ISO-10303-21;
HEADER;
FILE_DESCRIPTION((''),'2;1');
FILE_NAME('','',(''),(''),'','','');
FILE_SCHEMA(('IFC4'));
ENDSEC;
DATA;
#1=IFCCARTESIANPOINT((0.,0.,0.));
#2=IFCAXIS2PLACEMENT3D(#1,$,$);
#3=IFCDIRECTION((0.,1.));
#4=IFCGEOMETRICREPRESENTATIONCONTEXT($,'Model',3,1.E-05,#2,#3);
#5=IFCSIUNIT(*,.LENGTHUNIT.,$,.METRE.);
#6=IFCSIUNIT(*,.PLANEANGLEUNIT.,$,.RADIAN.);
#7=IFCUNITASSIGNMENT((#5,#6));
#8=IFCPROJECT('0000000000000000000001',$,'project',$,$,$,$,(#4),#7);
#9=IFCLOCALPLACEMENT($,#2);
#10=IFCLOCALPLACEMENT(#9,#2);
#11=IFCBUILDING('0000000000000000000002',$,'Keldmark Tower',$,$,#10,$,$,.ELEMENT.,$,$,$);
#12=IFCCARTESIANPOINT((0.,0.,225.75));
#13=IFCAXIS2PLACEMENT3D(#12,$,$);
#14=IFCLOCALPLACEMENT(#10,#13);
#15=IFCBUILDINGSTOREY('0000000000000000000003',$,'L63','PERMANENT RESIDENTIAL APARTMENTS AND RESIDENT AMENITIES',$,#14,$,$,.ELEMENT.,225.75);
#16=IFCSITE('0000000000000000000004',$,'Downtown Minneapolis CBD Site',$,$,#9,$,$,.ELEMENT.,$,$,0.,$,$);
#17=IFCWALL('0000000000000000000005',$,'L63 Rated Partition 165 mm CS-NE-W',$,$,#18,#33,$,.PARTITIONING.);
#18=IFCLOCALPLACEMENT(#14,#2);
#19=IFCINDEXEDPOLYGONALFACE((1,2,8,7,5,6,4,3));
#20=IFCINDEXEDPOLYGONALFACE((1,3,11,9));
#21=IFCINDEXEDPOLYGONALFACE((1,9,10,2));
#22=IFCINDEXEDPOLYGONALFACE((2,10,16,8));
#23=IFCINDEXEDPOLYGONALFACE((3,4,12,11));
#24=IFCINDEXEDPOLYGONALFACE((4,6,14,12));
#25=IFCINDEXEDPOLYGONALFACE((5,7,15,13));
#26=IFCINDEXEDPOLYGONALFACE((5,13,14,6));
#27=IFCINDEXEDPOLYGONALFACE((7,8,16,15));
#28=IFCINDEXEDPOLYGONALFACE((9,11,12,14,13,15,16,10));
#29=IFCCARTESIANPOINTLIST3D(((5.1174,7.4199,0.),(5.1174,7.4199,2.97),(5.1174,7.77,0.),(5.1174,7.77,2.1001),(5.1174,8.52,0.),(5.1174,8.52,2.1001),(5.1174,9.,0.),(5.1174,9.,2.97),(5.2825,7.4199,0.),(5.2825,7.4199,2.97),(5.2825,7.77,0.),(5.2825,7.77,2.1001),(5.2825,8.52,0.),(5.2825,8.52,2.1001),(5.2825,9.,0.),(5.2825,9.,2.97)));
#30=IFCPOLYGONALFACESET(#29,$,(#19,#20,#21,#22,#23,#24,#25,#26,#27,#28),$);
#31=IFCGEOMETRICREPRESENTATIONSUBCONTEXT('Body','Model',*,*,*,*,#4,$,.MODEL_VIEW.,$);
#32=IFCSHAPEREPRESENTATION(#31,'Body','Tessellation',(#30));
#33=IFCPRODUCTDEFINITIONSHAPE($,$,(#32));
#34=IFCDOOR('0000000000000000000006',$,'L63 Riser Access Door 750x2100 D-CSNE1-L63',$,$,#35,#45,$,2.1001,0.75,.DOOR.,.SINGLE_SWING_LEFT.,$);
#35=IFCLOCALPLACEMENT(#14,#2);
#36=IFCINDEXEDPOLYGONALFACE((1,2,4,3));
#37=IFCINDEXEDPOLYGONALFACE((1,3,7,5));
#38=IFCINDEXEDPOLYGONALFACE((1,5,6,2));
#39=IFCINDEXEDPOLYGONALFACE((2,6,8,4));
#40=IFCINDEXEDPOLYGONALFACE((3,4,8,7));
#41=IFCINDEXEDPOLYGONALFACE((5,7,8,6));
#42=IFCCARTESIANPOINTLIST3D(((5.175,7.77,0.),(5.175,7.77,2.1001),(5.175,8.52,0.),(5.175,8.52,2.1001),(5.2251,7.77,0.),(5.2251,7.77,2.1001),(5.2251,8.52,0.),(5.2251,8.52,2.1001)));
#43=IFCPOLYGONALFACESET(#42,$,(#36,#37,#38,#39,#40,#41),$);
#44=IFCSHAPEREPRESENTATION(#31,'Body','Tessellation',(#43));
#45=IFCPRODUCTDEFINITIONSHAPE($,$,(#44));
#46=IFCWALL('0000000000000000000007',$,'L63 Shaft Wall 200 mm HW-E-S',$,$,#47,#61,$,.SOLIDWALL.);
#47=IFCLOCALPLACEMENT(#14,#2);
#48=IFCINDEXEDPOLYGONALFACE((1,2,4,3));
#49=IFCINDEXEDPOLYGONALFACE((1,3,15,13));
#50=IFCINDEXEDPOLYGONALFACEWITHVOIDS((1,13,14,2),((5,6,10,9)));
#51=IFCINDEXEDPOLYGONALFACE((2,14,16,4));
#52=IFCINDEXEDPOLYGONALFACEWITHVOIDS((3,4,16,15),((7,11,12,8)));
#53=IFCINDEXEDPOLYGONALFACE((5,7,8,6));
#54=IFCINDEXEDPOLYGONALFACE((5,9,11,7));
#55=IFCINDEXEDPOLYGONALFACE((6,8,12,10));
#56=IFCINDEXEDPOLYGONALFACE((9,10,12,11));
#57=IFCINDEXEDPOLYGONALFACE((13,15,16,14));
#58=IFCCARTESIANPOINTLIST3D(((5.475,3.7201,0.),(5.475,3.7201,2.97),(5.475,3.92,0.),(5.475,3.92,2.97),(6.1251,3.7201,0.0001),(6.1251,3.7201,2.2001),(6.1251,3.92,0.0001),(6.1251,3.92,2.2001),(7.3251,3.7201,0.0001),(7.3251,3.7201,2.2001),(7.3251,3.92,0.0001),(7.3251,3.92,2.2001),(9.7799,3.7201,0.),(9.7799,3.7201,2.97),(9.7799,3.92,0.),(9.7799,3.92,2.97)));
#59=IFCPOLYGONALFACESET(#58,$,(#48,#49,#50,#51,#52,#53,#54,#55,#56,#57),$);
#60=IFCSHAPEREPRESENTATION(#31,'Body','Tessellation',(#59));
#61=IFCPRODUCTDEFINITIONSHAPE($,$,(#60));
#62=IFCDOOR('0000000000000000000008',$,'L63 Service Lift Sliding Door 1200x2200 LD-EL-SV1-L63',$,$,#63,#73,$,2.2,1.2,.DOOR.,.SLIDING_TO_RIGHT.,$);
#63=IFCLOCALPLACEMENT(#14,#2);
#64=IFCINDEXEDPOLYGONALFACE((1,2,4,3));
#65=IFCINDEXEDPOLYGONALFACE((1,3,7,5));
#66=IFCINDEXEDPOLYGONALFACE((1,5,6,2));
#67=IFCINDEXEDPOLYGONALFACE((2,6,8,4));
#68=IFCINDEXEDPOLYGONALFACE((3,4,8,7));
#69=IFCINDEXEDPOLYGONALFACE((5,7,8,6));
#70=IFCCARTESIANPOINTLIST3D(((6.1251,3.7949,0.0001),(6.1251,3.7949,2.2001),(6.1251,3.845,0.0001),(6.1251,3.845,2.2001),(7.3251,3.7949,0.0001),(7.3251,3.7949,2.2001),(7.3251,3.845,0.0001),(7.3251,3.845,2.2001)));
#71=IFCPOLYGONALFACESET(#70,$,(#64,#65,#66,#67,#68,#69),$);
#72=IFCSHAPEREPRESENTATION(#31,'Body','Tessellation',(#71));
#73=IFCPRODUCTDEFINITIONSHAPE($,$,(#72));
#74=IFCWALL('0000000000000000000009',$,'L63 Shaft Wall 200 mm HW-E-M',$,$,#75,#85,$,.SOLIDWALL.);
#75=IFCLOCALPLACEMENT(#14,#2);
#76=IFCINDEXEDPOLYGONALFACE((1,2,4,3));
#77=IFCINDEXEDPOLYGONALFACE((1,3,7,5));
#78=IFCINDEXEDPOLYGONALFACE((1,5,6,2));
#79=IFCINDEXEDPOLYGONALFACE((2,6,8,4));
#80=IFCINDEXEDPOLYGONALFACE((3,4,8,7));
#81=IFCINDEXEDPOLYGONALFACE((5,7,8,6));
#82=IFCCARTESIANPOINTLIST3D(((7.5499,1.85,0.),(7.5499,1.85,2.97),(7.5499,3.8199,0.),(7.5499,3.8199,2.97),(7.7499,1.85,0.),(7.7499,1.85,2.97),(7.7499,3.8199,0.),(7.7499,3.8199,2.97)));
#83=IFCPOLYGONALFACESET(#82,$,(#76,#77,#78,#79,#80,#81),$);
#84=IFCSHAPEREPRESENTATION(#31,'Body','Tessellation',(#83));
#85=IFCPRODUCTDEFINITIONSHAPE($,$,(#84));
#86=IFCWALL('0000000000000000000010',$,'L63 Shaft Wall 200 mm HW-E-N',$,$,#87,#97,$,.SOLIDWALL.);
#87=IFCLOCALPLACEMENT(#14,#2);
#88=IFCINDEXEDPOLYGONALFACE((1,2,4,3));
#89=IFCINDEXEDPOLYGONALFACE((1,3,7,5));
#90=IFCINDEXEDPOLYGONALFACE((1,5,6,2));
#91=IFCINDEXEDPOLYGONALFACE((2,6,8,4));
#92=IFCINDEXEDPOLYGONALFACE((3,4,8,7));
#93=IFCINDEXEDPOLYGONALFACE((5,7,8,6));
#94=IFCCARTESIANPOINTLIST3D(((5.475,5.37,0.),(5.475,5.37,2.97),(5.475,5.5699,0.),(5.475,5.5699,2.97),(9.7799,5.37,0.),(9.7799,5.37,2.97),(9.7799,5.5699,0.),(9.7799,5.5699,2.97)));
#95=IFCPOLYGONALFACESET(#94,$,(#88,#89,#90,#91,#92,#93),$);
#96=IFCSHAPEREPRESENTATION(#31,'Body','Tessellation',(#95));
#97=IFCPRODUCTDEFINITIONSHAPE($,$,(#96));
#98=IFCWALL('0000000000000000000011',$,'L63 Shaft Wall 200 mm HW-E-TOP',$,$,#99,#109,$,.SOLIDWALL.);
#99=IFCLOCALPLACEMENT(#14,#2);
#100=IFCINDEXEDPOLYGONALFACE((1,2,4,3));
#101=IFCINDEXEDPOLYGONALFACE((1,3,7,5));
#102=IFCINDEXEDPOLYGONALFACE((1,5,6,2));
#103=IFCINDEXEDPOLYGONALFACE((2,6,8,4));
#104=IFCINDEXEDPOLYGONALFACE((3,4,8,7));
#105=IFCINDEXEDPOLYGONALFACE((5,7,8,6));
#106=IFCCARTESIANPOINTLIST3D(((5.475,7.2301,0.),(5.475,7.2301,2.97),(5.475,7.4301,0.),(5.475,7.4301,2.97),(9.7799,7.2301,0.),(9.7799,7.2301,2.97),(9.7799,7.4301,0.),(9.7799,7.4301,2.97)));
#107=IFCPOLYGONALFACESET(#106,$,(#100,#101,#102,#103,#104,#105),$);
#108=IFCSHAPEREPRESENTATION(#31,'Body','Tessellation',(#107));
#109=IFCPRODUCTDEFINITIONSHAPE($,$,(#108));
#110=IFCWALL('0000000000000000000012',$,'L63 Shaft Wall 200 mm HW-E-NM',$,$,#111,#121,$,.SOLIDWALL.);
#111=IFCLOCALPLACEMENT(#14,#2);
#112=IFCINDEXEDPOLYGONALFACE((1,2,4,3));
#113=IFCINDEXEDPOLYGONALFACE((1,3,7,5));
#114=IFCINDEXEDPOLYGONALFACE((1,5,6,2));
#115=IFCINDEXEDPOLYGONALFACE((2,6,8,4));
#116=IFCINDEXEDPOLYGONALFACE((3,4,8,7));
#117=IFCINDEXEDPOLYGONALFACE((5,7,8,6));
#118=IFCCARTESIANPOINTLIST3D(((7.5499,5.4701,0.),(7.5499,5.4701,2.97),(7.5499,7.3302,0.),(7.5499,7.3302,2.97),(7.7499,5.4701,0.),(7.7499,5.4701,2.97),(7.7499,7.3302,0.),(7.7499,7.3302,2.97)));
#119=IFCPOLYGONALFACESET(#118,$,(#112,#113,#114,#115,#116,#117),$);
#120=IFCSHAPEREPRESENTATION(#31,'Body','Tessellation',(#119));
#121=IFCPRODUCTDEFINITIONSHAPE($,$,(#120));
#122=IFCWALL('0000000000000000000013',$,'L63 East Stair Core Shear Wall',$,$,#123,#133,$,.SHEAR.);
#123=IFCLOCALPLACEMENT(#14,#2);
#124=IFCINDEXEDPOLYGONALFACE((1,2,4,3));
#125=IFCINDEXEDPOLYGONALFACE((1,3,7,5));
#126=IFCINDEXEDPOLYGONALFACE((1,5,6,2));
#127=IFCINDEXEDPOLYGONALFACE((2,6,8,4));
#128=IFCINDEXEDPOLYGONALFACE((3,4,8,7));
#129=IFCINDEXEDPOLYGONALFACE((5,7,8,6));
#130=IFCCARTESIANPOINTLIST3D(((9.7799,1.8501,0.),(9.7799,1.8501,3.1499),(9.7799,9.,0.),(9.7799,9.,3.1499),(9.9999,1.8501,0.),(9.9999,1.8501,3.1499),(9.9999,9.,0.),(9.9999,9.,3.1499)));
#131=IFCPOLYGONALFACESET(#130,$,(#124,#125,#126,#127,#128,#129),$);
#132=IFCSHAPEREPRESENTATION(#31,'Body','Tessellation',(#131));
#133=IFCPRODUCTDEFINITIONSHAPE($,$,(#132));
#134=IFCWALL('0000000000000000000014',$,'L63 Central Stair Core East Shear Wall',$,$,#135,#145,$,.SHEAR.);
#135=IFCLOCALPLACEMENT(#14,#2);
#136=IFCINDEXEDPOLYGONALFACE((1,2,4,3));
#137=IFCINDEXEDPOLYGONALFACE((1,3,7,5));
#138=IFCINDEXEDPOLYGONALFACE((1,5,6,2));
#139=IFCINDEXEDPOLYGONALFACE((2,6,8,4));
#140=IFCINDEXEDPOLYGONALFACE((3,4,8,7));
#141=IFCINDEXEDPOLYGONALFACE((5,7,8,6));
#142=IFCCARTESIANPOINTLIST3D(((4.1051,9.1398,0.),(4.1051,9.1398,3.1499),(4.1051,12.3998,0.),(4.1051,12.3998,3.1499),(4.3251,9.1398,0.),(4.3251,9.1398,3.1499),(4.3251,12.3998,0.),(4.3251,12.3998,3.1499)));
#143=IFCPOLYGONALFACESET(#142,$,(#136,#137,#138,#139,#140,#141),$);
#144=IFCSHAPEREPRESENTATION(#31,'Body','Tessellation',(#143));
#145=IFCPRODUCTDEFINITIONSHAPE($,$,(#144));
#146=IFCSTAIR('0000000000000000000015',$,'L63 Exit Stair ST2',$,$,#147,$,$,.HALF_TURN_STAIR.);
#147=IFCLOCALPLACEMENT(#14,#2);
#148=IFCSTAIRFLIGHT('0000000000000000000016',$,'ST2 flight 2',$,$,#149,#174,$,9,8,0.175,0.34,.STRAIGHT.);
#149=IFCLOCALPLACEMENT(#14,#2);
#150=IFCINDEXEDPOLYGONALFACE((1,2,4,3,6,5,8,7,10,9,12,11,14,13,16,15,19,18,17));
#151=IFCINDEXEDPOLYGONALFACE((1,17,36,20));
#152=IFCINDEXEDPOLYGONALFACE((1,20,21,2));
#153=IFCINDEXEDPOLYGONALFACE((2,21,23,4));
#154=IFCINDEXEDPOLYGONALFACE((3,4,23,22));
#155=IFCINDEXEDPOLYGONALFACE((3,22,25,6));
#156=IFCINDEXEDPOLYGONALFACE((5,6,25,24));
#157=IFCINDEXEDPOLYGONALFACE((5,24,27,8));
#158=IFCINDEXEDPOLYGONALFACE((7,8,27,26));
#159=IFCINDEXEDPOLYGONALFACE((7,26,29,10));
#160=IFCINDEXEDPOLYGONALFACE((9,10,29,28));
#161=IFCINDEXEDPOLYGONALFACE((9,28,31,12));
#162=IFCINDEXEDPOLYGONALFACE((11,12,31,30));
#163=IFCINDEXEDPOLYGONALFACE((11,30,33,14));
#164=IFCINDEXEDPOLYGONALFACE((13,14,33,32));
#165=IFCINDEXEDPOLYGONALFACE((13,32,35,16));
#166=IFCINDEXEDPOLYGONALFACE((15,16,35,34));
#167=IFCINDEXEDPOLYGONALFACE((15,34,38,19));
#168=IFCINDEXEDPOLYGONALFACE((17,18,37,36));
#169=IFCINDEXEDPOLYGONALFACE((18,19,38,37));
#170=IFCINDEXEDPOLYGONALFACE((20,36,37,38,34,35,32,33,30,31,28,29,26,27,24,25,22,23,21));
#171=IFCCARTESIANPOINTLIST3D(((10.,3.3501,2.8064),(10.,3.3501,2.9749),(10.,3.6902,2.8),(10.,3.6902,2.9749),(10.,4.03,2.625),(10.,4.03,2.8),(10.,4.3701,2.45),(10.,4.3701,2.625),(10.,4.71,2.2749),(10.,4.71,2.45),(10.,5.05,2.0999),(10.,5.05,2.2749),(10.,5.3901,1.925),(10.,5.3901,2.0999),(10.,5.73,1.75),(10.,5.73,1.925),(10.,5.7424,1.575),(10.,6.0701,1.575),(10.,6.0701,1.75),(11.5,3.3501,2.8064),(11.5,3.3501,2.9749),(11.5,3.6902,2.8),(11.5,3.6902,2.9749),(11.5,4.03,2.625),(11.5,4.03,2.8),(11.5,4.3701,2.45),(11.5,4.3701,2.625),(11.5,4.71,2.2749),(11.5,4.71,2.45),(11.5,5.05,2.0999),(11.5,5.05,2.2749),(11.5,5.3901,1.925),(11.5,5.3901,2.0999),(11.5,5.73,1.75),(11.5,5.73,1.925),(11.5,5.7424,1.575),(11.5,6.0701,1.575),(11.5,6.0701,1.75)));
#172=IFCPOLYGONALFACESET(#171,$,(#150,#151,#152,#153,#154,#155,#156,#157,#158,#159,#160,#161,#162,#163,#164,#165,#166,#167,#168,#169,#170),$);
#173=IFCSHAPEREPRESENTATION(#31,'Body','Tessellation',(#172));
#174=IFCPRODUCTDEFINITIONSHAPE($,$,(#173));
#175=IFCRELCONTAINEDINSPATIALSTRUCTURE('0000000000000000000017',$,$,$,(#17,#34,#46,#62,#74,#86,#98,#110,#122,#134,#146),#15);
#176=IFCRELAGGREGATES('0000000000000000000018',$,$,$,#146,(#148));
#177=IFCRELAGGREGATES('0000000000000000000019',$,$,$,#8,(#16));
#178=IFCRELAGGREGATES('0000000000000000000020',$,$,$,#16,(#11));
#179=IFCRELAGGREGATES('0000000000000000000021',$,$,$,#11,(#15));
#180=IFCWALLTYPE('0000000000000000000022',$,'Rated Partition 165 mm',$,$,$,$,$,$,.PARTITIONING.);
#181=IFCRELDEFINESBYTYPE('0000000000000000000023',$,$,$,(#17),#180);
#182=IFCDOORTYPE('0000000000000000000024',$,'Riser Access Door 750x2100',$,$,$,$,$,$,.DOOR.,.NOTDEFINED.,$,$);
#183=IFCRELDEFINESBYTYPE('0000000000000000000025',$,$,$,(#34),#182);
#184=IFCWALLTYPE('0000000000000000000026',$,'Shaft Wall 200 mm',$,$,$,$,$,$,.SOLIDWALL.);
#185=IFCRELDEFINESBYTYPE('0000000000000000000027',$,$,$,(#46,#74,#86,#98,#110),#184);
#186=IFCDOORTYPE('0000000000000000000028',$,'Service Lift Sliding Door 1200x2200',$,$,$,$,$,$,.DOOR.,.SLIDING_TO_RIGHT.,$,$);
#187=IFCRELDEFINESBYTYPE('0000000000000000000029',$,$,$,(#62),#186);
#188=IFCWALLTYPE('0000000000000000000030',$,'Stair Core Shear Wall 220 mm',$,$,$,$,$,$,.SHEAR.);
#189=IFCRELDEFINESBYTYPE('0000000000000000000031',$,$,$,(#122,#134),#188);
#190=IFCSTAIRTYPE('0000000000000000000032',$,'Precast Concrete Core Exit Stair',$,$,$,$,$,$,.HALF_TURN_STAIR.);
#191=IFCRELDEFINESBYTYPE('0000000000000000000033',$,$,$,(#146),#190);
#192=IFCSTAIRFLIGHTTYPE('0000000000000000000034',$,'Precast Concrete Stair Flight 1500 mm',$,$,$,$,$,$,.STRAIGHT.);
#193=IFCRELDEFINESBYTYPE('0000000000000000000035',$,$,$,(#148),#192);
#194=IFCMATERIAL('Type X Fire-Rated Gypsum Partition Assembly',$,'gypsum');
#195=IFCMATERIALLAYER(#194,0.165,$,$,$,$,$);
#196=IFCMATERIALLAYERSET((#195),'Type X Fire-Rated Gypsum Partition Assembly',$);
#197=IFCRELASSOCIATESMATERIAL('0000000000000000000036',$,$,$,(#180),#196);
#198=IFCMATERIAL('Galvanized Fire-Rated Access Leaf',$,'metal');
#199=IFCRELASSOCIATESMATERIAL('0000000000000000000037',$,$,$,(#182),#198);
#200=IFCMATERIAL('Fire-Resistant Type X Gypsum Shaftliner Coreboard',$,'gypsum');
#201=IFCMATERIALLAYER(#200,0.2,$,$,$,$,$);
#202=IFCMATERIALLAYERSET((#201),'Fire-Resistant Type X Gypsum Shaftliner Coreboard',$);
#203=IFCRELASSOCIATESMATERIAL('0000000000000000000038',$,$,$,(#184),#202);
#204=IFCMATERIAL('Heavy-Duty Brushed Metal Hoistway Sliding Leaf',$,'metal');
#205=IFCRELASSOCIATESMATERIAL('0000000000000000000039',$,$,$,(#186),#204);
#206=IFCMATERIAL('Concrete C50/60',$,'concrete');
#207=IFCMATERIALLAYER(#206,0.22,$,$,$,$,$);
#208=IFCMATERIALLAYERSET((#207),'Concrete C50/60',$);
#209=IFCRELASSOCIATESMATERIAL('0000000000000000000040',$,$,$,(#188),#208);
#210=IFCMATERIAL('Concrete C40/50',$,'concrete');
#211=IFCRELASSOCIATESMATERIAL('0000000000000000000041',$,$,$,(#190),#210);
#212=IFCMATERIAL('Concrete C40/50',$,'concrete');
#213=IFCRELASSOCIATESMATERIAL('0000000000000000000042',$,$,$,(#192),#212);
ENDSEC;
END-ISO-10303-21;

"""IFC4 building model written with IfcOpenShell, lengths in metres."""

from ifc_helpers import new_model, si_unit, direction, frame, frame_2d, origin, place, context, subcontext, project, spatial, polyline, rectangle, outline, extrude, material, layer, layer_set, type_object, element, fill, aggregate, save


model = new_model("IFC4")

# Units and contexts
model_context = context("Model", 3, precision=1e-05, world=origin(), true_north=direction((0.0, 1.0)))
body_context = subcontext(model_context, "Body", "Model", "MODEL_VIEW")
ifc_project = project(units=[si_unit("LENGTHUNIT", "METRE"), si_unit("PLANEANGLEUNIT", "RADIAN")], contexts=[model_context])

# Site, building, storey
site_placement = place(None, origin())
site = spatial("IfcSite", under=ifc_project, at=site_placement, Name="Downtown Minneapolis CBD Site", CompositionType="ELEMENT", RefElevation=0.0)
building_placement = place(site_placement, origin())
building = spatial("IfcBuilding", under=site, at=building_placement, Name="Keldmark Tower", CompositionType="ELEMENT")
storey_placement = place(building_placement, frame((0.0, 0.0, 225.75)))
storey = spatial("IfcBuildingStorey", under=building, at=storey_placement, Name="L63", Description="PERMANENT RESIDENTIAL APARTMENTS AND RESIDENT AMENITIES", CompositionType="ELEMENT", Elevation=225.75)

# Shared definitions
ifc_material_1 = material(Name="Type X Fire-Rated Gypsum Partition Assembly", Category="gypsum")
ifc_layer_1 = layer(ifc_material_1, 0.165)
ifc_layer_set_1 = layer_set([ifc_layer_1], Name="Type X Fire-Rated Gypsum Partition Assembly")
wall_type_1 = type_object("IfcWallType", Name="Rated Partition 165 mm", PredefinedType="PARTITIONING", material=ifc_layer_set_1)

# Walls, openings, doors
wall_1_placement = place(storey_placement, frame((5.2, 7.4199, 0.0), z_axis=(0.0, 0.0, 1.0), x_axis=(0.0, 1.0, 0.0)))
wall_1 = element("IfcWall", 1, at=wall_1_placement, inside=storey, type_object=wall_type_1, Name="L63 Rated Partition 165 mm CS-NE-W", PredefinedType="PARTITIONING", context=body_context, shape_type="SweptSolid", body=[
    extrude(rectangle(XDim=1.5801, YDim=0.165, at=frame_2d((0.79, 0.0))), origin(), (0.0, 0.0, 1.0), 2.97),
])
opening_1_placement = place(wall_1_placement, frame((0.3501, 0.0, 0.0)))
opening_1 = element("IfcOpeningElement", 2, at=opening_1_placement, cuts=wall_1, PredefinedType="OPENING", context=body_context, shape_type="SweptSolid", body=[
    extrude(rectangle(XDim=0.75, YDim=2.1001, at=frame_2d((0.375, 1.05))), frame((0.0, 0.0925, 0.0), z_axis=(0.0, -1.0, 0.0), x_axis=(1.0, 0.0, 0.0)), (0.0, 0.0, 1.0), 0.1851),
])
ifc_material_2 = material(Name="Galvanized Fire-Rated Access Leaf", Category="metal")
door_type_1 = type_object("IfcDoorType", Name="Riser Access Door 750x2100", OperationType="NOTDEFINED", PredefinedType="DOOR", material=ifc_material_2)
door_1_placement = place(opening_1_placement, origin())
door_1 = element("IfcDoor", 3, at=door_1_placement, inside=storey, type_object=door_type_1, Name="L63 Riser Access Door 750x2100 D-CSNE1-L63", OperationType="SINGLE_SWING_LEFT", OverallHeight=2.1001, OverallWidth=0.75, PredefinedType="DOOR", context=body_context, shape_type="SweptSolid", body=[
    extrude(rectangle(XDim=0.75, YDim=2.1001, at=frame_2d((0.375, 1.05))), frame((0.0, 0.0249, 0.0), z_axis=(0.0, -1.0, 0.0), x_axis=(1.0, 0.0, 0.0)), (0.0, 0.0, 1.0), 0.05),
])
fill(opening_1, door_1)
ifc_material_3 = material(Name="Fire-Resistant Type X Gypsum Shaftliner Coreboard", Category="gypsum")
ifc_layer_2 = layer(ifc_material_3, 0.2)
ifc_layer_set_2 = layer_set([ifc_layer_2], Name="Fire-Resistant Type X Gypsum Shaftliner Coreboard")
wall_type_2 = type_object("IfcWallType", Name="Shaft Wall 200 mm", PredefinedType="SOLIDWALL", material=ifc_layer_set_2)
wall_2_placement = place(storey_placement, frame((5.4751, 3.8201, 0.0), z_axis=(0.0, 0.0, 1.0), x_axis=(1.0, 0.0, 0.0)))
wall_2 = element("IfcWall", 4, at=wall_2_placement, inside=storey, type_object=wall_type_2, Name="L63 Shaft Wall 200 mm HW-E-S", PredefinedType="SOLIDWALL", context=body_context, shape_type="SweptSolid", body=[
    extrude(rectangle(XDim=4.3049, YDim=0.2, at=frame_2d((2.1523, 0.0))), origin(), (0.0, 0.0, 1.0), 2.97),
])
opening_2_placement = place(wall_2_placement, frame((0.6499, 0.0, 0.0)))
opening_2 = element("IfcOpeningElement", 5, at=opening_2_placement, cuts=wall_2, PredefinedType="OPENING", context=body_context, shape_type="SweptSolid", body=[
    extrude(rectangle(XDim=1.2, YDim=2.2, at=frame_2d((0.6001, 1.1001))), frame((0.0, 0.1099, 0.0), z_axis=(0.0, -1.0, 0.0), x_axis=(1.0, 0.0, 0.0)), (0.0, 0.0, 1.0), 0.22),
])
ifc_material_4 = material(Name="Heavy-Duty Brushed Metal Hoistway Sliding Leaf", Category="metal")
door_type_2 = type_object("IfcDoorType", Name="Service Lift Sliding Door 1200x2200", OperationType="SLIDING_TO_RIGHT", PredefinedType="DOOR", material=ifc_material_4)
door_2_placement = place(opening_2_placement, origin())
door_2 = element("IfcDoor", 6, at=door_2_placement, inside=storey, type_object=door_type_2, Name="L63 Service Lift Sliding Door 1200x2200 LD-EL-SV1-L63", OperationType="SLIDING_TO_RIGHT", OverallHeight=2.2, OverallWidth=1.2, PredefinedType="DOOR", context=body_context, shape_type="SweptSolid", body=[
    extrude(rectangle(XDim=1.2, YDim=2.2, at=frame_2d((0.6001, 1.1001))), frame((0.0, 0.0249, 0.0), z_axis=(0.0, -1.0, 0.0), x_axis=(1.0, 0.0, 0.0)), (0.0, 0.0, 1.0), 0.05),
])
fill(opening_2, door_2)

# Walls
wall_3_placement = place(storey_placement, frame((7.6499, 1.8501, 0.0), z_axis=(0.0, 0.0, 1.0), x_axis=(0.0, 1.0, 0.0)))
element("IfcWall", 7, at=wall_3_placement, inside=storey, type_object=wall_type_2, Name="L63 Shaft Wall 200 mm HW-E-M", PredefinedType="SOLIDWALL", context=body_context, shape_type="SweptSolid", body=[
    extrude(rectangle(XDim=1.97, YDim=0.2, at=frame_2d((0.9849, 0.0))), origin(), (0.0, 0.0, 1.0), 2.97),
])
for number, where, z_axis, x_axis, name in (
    (8, (5.4751, 5.47, 0.0), (0.0, 0.0, 1.0), (1.0, 0.0, 0.0), "L63 Shaft Wall 200 mm HW-E-N"),
    (9, (5.4751, 7.3301, 0.0), (0.0, 0.0, 1.0), (1.0, 0.0, 0.0), "L63 Shaft Wall 200 mm HW-E-TOP"),
):
    element("IfcWall", number, at=place(storey_placement, frame(where, z_axis=z_axis, x_axis=x_axis)), inside=storey, type_object=wall_type_2, Name=name, PredefinedType="SOLIDWALL", context=body_context, shape_type="SweptSolid", body=[
        extrude(rectangle(XDim=4.3049, YDim=0.2, at=frame_2d((2.1523, 0.0))), origin(), (0.0, 0.0, 1.0), 2.97),
    ])
wall_4_placement = place(storey_placement, frame((7.6499, 5.47, 0.0), z_axis=(0.0, 0.0, 1.0), x_axis=(0.0, 1.0, 0.0)))
element("IfcWall", 10, at=wall_4_placement, inside=storey, type_object=wall_type_2, Name="L63 Shaft Wall 200 mm HW-E-NM", PredefinedType="SOLIDWALL", context=body_context, shape_type="SweptSolid", body=[
    extrude(rectangle(XDim=1.8601, YDim=0.2, at=frame_2d((0.9302, 0.0))), origin(), (0.0, 0.0, 1.0), 2.97),
])
ifc_material_5 = material(Name="Concrete C50/60", Category="concrete")
ifc_layer_3 = layer(ifc_material_5, 0.22)
ifc_layer_set_3 = layer_set([ifc_layer_3], Name="Concrete C50/60")
wall_type_3 = type_object("IfcWallType", Name="Stair Core Shear Wall 220 mm", PredefinedType="SHEAR", material=ifc_layer_set_3)
wall_5_placement = place(storey_placement, frame((9.8899, 1.8501, 0.0), z_axis=(0.0, 0.0, 1.0), x_axis=(0.0, 1.0, 0.0)))
element("IfcWall", 11, at=wall_5_placement, inside=storey, type_object=wall_type_3, Name="L63 East Stair Core Shear Wall", PredefinedType="SHEAR", context=body_context, shape_type="SweptSolid", body=[
    extrude(rectangle(XDim=7.1499, YDim=0.22, at=frame_2d((3.575, 0.0))), origin(), (0.0, 0.0, 1.0), 3.1499),
])
wall_6_placement = place(storey_placement, frame((4.2151, 9.1399, 0.0), z_axis=(0.0, 0.0, 1.0), x_axis=(0.0, 1.0, 0.0)))
element("IfcWall", 12, at=wall_6_placement, inside=storey, type_object=wall_type_3, Name="L63 Central Stair Core East Shear Wall", PredefinedType="SHEAR", context=body_context, shape_type="SweptSolid", body=[
    extrude(rectangle(XDim=3.26, YDim=0.22, at=frame_2d((1.6299, 0.0))), origin(), (0.0, 0.0, 1.0), 3.1499),
])

# Stair, stair flight
ifc_material_6 = material(Name="Concrete C40/50", Category="concrete")
stair_type = type_object("IfcStairType", Name="Precast Concrete Core Exit Stair", PredefinedType="HALF_TURN_STAIR", material=ifc_material_6)
stair_placement = place(storey_placement, origin())
stair = element("IfcStair", 13, at=stair_placement, inside=storey, type_object=stair_type, Name="L63 Exit Stair ST2", PredefinedType="HALF_TURN_STAIR")
ifc_material_7 = material(Name="Concrete C40/50", Category="concrete")
stair_flight_type = type_object("IfcStairFlightType", Name="Precast Concrete Stair Flight 1500 mm", PredefinedType="STRAIGHT", material=ifc_material_7)
stair_flight_placement = place(storey_placement, frame((10.75, 6.0701, 1.575), z_axis=(0.0, 0.0, 1.0), x_axis=(0.0, -1.0, 0.0)))
stair_flight = element("IfcStairFlight", 14, at=stair_flight_placement, type_object=stair_flight_type, Name="ST2 flight 2", NumberOfRisers=9, NumberOfTreads=8, PredefinedType="STRAIGHT", RiserHeight=0.175, TreadLength=0.34, context=body_context, shape_type="SweptSolid", body=[
    extrude(outline(polyline([(0.0, 0.0), (0.0, 0.175), (0.3401, 0.175), (0.3401, 0.3501), (0.6799, 0.3501), (0.6799, 0.5249), (1.02, 0.5249), (1.02, 0.7), (1.3601, 0.7), (1.3601, 0.875), (1.7, 0.875), (1.7, 1.05), (2.04, 1.05), (2.04, 1.2251), (2.3799, 1.2251), (2.3799, 1.3999), (2.72, 1.3999), (2.72, 1.575), (2.72, 1.2314), (0.3276, 0.0), (0.0, 0.0)])), frame((0.0, 0.75, 0.0), z_axis=(0.0, -1.0, 0.0), x_axis=(1.0, 0.0, 0.0)), (0.0, 0.0, 1.0), 1.5),
])
aggregate(stair, [stair_flight])

save(model, "model.ifc")
